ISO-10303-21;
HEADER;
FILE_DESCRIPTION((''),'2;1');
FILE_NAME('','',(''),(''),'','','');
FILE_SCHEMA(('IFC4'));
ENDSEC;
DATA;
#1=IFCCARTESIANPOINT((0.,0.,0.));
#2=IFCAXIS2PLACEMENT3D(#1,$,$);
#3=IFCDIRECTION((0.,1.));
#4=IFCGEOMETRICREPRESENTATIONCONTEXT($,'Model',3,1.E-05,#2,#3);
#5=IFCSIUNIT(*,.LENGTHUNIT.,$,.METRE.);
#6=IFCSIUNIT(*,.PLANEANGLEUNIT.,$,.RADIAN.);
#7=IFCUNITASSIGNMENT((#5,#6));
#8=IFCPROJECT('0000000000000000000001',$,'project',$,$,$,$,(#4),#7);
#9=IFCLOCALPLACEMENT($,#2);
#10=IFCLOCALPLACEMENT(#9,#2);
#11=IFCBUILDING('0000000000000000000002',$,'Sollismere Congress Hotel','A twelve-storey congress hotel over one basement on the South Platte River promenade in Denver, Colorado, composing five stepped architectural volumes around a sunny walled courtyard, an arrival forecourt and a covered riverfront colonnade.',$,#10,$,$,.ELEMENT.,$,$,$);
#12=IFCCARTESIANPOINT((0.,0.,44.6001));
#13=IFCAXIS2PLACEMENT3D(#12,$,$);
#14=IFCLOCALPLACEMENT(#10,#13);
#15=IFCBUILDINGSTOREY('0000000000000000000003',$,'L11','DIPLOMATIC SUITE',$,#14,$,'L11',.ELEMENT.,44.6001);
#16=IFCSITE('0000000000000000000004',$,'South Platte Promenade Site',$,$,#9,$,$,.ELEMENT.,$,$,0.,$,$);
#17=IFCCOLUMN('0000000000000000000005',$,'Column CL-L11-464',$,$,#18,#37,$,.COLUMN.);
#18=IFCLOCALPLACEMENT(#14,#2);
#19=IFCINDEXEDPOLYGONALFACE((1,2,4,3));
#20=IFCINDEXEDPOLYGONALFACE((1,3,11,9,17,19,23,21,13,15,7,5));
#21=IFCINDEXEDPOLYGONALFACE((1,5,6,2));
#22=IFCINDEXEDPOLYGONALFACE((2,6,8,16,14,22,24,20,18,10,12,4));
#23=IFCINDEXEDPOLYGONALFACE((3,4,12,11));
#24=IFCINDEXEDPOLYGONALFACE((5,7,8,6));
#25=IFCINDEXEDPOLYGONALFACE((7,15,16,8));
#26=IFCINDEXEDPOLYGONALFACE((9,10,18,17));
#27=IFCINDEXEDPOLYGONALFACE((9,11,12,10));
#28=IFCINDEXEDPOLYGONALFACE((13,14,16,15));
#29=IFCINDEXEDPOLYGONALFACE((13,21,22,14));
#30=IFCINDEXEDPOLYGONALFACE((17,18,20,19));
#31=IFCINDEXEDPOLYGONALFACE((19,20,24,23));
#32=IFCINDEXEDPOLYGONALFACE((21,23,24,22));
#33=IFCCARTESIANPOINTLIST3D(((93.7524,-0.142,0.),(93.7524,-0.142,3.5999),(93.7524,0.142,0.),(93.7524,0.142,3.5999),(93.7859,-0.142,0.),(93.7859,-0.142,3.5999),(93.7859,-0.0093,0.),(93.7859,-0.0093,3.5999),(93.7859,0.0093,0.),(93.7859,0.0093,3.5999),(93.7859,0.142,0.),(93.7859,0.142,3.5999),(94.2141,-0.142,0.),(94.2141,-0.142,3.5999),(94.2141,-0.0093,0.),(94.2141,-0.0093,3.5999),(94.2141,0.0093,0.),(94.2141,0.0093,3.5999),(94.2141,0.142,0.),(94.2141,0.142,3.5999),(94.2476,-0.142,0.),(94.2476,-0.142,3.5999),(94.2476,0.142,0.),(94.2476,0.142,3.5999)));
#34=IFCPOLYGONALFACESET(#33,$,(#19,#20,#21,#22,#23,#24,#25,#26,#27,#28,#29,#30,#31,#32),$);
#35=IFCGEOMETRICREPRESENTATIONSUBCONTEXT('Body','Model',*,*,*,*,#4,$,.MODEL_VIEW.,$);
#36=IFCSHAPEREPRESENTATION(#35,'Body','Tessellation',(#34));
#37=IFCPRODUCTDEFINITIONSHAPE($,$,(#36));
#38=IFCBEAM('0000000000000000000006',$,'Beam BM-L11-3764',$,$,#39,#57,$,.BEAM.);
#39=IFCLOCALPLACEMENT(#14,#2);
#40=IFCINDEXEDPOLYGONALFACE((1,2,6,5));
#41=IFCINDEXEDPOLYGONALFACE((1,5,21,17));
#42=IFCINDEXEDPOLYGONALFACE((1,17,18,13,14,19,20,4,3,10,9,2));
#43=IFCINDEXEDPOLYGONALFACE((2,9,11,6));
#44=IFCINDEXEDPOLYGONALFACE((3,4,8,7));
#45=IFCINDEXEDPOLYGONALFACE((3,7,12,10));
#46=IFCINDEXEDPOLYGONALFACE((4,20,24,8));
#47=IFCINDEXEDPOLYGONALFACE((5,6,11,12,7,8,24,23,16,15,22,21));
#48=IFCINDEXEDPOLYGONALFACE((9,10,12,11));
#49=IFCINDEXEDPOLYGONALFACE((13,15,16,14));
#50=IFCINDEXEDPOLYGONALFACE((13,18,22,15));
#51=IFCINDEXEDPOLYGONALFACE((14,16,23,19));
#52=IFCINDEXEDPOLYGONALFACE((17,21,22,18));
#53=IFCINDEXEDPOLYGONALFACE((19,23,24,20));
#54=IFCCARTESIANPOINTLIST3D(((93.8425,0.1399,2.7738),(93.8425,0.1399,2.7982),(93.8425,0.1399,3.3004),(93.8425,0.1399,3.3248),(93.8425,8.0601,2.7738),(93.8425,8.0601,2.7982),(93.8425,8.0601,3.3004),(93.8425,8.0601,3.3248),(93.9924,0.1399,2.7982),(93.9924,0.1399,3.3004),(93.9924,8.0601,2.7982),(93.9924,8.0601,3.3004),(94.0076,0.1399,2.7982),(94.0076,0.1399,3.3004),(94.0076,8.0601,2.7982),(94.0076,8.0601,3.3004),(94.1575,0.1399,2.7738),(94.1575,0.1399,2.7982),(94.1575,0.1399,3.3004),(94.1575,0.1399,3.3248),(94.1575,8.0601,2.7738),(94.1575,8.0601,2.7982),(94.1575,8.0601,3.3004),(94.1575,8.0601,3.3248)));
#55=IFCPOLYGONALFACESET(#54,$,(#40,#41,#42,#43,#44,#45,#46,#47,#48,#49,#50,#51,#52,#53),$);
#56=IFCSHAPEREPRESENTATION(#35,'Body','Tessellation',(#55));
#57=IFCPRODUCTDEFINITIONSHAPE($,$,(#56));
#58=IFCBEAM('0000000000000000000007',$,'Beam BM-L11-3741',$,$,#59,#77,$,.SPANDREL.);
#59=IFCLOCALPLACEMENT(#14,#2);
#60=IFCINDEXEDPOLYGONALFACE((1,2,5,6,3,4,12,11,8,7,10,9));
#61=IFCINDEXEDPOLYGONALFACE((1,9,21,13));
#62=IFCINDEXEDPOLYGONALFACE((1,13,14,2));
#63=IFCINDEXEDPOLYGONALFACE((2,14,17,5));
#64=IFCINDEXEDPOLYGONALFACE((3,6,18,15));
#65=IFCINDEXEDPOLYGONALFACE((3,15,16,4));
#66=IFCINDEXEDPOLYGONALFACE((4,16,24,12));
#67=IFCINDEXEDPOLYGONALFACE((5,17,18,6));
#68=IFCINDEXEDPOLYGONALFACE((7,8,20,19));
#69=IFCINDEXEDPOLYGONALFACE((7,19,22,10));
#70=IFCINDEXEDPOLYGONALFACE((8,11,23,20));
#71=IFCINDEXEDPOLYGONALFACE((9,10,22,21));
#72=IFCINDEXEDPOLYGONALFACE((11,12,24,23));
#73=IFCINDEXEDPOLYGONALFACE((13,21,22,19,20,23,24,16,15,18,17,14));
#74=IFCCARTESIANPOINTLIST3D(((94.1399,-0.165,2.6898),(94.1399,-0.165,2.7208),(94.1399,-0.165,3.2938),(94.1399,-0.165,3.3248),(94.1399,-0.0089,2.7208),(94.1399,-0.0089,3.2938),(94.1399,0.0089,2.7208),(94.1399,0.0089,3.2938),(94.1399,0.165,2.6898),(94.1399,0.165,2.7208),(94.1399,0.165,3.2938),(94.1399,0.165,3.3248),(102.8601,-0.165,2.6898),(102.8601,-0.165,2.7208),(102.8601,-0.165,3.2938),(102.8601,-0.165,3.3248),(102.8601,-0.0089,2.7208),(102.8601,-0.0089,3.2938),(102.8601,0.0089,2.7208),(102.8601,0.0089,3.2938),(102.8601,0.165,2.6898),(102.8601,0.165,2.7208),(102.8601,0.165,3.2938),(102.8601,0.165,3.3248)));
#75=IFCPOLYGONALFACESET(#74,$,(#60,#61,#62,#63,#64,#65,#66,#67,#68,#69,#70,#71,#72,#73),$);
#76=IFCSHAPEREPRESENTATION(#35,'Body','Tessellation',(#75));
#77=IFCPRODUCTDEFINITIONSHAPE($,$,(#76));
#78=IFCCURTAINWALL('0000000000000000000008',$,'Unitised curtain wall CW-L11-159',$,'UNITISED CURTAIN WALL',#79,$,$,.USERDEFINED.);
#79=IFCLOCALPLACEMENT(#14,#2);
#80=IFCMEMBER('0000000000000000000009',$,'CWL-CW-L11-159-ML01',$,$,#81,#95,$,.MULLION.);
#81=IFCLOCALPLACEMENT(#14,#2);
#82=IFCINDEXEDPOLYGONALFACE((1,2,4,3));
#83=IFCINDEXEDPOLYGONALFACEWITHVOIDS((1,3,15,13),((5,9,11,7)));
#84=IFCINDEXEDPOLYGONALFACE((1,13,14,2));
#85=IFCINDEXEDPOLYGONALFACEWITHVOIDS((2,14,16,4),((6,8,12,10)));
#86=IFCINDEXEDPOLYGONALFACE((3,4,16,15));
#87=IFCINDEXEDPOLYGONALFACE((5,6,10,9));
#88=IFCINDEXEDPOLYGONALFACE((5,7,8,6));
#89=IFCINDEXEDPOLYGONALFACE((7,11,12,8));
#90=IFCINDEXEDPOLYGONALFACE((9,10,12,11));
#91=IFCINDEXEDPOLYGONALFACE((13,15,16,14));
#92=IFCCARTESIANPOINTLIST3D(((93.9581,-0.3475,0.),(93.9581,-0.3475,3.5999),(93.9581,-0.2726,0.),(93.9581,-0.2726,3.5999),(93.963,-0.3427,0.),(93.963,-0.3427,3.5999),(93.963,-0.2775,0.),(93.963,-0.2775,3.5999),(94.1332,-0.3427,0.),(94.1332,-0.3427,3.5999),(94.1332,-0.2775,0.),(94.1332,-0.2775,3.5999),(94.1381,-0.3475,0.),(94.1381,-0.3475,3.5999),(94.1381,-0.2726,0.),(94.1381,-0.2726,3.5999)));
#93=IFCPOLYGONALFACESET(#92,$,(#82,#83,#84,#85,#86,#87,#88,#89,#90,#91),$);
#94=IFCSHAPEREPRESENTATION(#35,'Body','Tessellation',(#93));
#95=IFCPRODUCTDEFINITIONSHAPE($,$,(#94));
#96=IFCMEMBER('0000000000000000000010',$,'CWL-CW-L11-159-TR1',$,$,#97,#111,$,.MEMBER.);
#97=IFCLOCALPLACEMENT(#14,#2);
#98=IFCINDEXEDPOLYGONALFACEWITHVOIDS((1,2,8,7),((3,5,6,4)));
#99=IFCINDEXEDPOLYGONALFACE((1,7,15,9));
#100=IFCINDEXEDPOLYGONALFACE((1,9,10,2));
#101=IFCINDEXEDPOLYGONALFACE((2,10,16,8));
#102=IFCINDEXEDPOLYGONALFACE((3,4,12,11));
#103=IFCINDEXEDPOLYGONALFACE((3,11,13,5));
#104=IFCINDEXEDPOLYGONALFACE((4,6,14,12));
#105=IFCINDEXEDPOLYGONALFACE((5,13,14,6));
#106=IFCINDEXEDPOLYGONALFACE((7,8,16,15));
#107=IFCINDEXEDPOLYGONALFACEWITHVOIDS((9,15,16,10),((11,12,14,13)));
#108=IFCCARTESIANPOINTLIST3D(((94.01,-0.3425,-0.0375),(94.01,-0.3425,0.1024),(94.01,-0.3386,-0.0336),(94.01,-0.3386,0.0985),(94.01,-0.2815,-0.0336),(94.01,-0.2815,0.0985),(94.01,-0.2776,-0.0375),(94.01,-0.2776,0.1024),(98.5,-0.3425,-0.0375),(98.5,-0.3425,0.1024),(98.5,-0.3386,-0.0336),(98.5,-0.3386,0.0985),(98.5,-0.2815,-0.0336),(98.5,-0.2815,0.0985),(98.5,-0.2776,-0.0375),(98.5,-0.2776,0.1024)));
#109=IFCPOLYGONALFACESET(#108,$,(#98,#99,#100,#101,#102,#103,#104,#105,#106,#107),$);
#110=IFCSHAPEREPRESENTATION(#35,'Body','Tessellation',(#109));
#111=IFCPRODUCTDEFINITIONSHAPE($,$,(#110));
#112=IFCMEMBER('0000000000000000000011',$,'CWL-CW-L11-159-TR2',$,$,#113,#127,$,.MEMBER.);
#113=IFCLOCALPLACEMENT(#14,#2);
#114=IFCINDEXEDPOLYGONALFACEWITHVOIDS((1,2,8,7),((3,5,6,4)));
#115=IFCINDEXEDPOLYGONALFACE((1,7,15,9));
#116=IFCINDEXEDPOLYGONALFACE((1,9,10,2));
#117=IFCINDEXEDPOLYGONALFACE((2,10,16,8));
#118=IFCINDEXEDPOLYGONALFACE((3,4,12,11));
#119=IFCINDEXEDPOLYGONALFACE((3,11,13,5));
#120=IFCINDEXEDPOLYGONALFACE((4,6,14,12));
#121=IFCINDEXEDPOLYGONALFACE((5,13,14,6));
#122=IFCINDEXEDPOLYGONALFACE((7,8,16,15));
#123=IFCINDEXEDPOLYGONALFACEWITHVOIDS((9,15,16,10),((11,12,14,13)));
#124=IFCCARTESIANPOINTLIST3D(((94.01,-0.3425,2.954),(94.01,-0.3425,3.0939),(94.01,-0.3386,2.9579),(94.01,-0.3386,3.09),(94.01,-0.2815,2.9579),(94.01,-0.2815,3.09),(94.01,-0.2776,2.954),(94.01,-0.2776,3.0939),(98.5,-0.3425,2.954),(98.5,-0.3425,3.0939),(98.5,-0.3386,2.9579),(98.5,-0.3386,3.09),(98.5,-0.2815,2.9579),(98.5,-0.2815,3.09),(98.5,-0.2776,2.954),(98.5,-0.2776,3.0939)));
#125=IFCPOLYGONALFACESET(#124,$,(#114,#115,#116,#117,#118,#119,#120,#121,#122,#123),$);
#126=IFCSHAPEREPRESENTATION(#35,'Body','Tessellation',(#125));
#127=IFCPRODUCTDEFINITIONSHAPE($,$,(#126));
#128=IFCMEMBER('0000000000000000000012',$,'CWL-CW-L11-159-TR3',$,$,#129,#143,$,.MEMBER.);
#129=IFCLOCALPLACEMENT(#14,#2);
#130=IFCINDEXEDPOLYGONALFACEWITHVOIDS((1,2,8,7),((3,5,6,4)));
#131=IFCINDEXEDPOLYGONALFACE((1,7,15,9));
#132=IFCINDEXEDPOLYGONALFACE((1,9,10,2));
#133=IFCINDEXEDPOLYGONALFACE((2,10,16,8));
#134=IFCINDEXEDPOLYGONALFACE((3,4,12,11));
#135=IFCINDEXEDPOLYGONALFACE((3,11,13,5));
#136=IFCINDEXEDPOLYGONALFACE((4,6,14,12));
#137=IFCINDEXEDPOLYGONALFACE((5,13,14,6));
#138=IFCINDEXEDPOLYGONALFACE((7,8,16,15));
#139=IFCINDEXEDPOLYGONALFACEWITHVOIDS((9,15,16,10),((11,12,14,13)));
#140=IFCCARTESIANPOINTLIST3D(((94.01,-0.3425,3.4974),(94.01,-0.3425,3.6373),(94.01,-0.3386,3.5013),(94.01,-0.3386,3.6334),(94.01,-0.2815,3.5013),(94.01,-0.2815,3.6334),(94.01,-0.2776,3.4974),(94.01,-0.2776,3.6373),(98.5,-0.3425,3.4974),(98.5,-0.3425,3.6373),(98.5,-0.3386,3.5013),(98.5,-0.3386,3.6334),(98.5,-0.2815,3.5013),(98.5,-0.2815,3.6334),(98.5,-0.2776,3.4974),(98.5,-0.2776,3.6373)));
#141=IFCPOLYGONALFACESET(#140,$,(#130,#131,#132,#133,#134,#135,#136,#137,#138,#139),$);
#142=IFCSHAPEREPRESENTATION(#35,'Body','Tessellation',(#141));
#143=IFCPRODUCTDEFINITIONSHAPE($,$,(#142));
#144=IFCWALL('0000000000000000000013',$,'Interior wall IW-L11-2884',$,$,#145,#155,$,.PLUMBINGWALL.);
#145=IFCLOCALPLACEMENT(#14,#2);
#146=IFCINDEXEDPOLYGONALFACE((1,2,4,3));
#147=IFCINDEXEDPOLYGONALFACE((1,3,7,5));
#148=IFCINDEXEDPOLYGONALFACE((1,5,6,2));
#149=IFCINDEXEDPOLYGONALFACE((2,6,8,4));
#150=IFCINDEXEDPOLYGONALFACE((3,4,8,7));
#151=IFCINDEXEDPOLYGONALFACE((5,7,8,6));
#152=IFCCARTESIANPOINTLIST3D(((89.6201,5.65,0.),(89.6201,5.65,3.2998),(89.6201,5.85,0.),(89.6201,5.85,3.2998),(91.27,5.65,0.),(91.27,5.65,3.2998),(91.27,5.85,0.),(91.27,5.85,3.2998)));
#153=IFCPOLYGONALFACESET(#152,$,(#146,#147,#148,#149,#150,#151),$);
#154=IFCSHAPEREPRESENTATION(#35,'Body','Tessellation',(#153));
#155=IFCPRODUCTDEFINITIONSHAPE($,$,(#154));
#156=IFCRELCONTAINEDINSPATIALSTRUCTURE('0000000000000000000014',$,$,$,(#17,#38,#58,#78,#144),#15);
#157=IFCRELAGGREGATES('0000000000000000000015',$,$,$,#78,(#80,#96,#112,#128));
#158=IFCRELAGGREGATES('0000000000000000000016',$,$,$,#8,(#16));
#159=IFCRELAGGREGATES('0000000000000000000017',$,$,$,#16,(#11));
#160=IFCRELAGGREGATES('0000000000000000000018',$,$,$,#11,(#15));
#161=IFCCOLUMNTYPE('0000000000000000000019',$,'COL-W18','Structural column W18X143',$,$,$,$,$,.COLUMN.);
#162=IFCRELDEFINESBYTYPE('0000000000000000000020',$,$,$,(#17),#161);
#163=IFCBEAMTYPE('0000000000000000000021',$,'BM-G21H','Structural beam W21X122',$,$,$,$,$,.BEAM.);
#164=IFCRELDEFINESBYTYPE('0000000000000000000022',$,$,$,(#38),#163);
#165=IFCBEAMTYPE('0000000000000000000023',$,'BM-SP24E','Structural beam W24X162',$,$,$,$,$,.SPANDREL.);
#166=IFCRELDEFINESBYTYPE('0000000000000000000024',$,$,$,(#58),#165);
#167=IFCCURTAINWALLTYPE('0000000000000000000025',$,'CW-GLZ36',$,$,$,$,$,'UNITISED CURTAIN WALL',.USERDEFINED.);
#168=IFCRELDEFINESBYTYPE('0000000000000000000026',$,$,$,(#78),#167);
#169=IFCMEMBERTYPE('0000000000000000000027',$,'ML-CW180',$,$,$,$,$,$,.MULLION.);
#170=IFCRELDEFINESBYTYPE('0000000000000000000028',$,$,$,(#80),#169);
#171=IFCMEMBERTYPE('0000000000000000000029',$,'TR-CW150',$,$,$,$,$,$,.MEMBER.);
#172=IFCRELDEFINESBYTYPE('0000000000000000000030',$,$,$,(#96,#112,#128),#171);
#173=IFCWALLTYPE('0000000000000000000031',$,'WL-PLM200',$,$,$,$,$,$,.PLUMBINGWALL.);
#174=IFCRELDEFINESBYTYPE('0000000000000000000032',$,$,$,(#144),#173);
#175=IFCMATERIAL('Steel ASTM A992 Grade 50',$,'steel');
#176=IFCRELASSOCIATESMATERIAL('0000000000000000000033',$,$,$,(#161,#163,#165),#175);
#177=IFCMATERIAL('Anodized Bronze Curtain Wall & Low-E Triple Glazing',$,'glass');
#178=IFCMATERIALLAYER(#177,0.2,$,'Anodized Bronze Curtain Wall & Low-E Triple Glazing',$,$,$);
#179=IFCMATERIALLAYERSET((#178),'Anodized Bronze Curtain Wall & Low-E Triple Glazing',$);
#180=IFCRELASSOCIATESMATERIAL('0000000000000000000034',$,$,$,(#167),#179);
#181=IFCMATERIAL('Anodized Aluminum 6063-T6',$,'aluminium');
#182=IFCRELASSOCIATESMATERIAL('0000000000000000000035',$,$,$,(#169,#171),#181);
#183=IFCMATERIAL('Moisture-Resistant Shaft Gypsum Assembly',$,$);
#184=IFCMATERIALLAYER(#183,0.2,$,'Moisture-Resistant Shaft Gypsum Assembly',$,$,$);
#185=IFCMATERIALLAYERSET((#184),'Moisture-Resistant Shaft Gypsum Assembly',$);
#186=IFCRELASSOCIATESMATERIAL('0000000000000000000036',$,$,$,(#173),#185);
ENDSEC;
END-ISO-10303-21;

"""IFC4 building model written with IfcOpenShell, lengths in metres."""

from ifc_helpers import new_model, si_unit, direction, frame, frame_2d, origin, origin_2d, place, context, subcontext, project, spatial, rectangle, hollow_rectangle, i_section, extrude, material, layer, layer_set, material_profile, profile_set, type_object, element, aggregate, save


model = new_model("IFC4")

# Units and contexts
model_context = context("Model", 3, precision=1e-05, world=origin(), true_north=direction((0.0, 1.0)))
body_context = subcontext(model_context, "Body", "Model", "MODEL_VIEW")
ifc_project = project(units=[si_unit("LENGTHUNIT", "METRE"), si_unit("PLANEANGLEUNIT", "RADIAN")], contexts=[model_context])

# Site, building, storey
site_placement = place(None, origin())
site = spatial("IfcSite", under=ifc_project, at=site_placement, Name="South Platte Promenade Site", CompositionType="ELEMENT", RefElevation=0.0)
building_placement = place(site_placement, origin())
building = spatial("IfcBuilding", under=site, at=building_placement, Name="Sollismere Congress Hotel", Description="A twelve-storey congress hotel over one basement on the South Platte River promenade in Denver, Colorado, composing five stepped architectural volumes around a sunny walled courtyard, an arrival forecourt and a covered riverfront colonnade.", CompositionType="ELEMENT")
storey_placement = place(building_placement, frame((0.0, 0.0, 44.6001)))
storey = spatial("IfcBuildingStorey", under=building, at=storey_placement, Name="L11", Description="DIPLOMATIC SUITE", LongName="L11", CompositionType="ELEMENT", Elevation=44.6001)

# Column
ifc_material_1 = material(Name="Steel ASTM A992 Grade 50", Category="steel")
ifc_material_profile_1 = material_profile(ifc_material_1, i_section(OverallWidth=0.2839, OverallDepth=0.4951, WebThickness=0.0186, FlangeThickness=0.0334, at=origin_2d()), Name="W18X143")
ifc_profile_set_1 = profile_set([ifc_material_profile_1], Name="Steel ASTM A992 Grade 50")
column_type = type_object("IfcColumnType", Name="COL-W18", Description="Structural column W18X143", PredefinedType="COLUMN", material=ifc_profile_set_1)
column_placement = place(storey_placement, frame((94.0, 0.0, 0.0), z_axis=(0.0, 0.0, 1.0), x_axis=(0.0, 1.0, 0.0)))
element("IfcColumn", 1, at=column_placement, inside=storey, type_object=column_type, Name="Column CL-L11-464", PredefinedType="COLUMN", context=body_context, shape_type="SweptSolid", body=[
    extrude(i_section(OverallWidth=0.2839, OverallDepth=0.4951, WebThickness=0.0186, FlangeThickness=0.0334, at=origin_2d()), origin(), (0.0, 0.0, 1.0), 3.5999),
])

# Beams
ifc_material_profile_2 = material_profile(ifc_material_1, i_section(OverallWidth=0.3149, OverallDepth=0.551, WebThickness=0.0151, FlangeThickness=0.0244, at=origin_2d()), Name="W21X122")
ifc_profile_set_2 = profile_set([ifc_material_profile_2], Name="Steel ASTM A992 Grade 50")
beam_type_1 = type_object("IfcBeamType", Name="BM-G21H", Description="Structural beam W21X122", PredefinedType="BEAM", material=ifc_profile_set_2)
beam_1_placement = place(storey_placement, frame((94.0, 0.1399, 3.0493), z_axis=(0.0, 1.0, 0.0), x_axis=(-1.0, 0.0, 0.0)))
element("IfcBeam", 2, at=beam_1_placement, inside=storey, type_object=beam_type_1, Name="Beam BM-L11-3764", PredefinedType="BEAM", context=body_context, shape_type="SweptSolid", body=[
    extrude(i_section(OverallWidth=0.3149, OverallDepth=0.551, WebThickness=0.0151, FlangeThickness=0.0244, at=origin_2d()), origin(), (0.0, 0.0, 1.0), 7.9202),
])
ifc_material_profile_3 = material_profile(ifc_material_1, i_section(OverallWidth=0.3301, OverallDepth=0.635, WebThickness=0.0178, FlangeThickness=0.031, at=origin_2d()), Name="W24X162")
ifc_profile_set_3 = profile_set([ifc_material_profile_3], Name="Steel ASTM A992 Grade 50")
beam_type_2 = type_object("IfcBeamType", Name="BM-SP24E", Description="Structural beam W24X162", PredefinedType="SPANDREL", material=ifc_profile_set_3)
beam_2_placement = place(storey_placement, frame((94.1399, 0.0, 3.0073), z_axis=(1.0, 0.0, 0.0), x_axis=(0.0, 1.0, 0.0)))
element("IfcBeam", 3, at=beam_2_placement, inside=storey, type_object=beam_type_2, Name="Beam BM-L11-3741", PredefinedType="SPANDREL", context=body_context, shape_type="SweptSolid", body=[
    extrude(i_section(OverallWidth=0.3301, OverallDepth=0.635, WebThickness=0.0178, FlangeThickness=0.031, at=origin_2d()), origin(), (0.0, 0.0, 1.0), 8.7202),
])

# Curtain wall, members
ifc_material_2 = material(Name="Anodized Bronze Curtain Wall & Low-E Triple Glazing", Category="glass")
ifc_layer_1 = layer(ifc_material_2, 0.2, Name="Anodized Bronze Curtain Wall & Low-E Triple Glazing")
ifc_layer_set_1 = layer_set([ifc_layer_1], Name="Anodized Bronze Curtain Wall & Low-E Triple Glazing")
curtain_wall_type = type_object("IfcCurtainWallType", Name="CW-GLZ36", ElementType="UNITISED CURTAIN WALL", PredefinedType="USERDEFINED", material=ifc_layer_set_1)
curtain_wall_placement = place(storey_placement, origin())
curtain_wall = element("IfcCurtainWall", 4, at=curtain_wall_placement, inside=storey, type_object=curtain_wall_type, Name="Unitised curtain wall CW-L11-159", ObjectType="UNITISED CURTAIN WALL", PredefinedType="USERDEFINED")
ifc_material_3 = material(Name="Anodized Aluminum 6063-T6", Category="aluminium")
ifc_material_profile_4 = material_profile(ifc_material_3, hollow_rectangle(XDim=0.075, YDim=0.1799, WallThickness=0.0049, at=origin_2d()), Name="ALU180X75X5")
ifc_profile_set_4 = profile_set([ifc_material_profile_4], Name="Anodized Aluminum 6063-T6")
member_type_1 = type_object("IfcMemberType", Name="ML-CW180", PredefinedType="MULLION", material=ifc_profile_set_4)
member_1_placement = place(storey_placement, frame((94.0481, -0.3101, 0.0), z_axis=(0.0, 0.0, 1.0), x_axis=(0.0, 1.0, 0.0)))
member_1 = element("IfcMember", 5, at=member_1_placement, type_object=member_type_1, Name="CWL-CW-L11-159-ML01", PredefinedType="MULLION", context=body_context, shape_type="SweptSolid", body=[
    extrude(hollow_rectangle(XDim=0.075, YDim=0.1799, WallThickness=0.0049, at=origin_2d()), origin(), (0.0, 0.0, 1.0), 3.5999),
])
ifc_material_profile_5 = material_profile(ifc_material_3, hollow_rectangle(XDim=0.0649, YDim=0.1399, WallThickness=0.0039, at=origin_2d()), Name="ALU140X65X4")
ifc_profile_set_5 = profile_set([ifc_material_profile_5], Name="Anodized Aluminum 6063-T6")
member_type_2 = type_object("IfcMemberType", Name="TR-CW150", PredefinedType="MEMBER", material=ifc_profile_set_5)
member_2_placement = place(storey_placement, frame((94.01, -0.3101, 0.0325), z_axis=(1.0, 0.0, 0.0), x_axis=(0.0, 1.0, 0.0)))
member_2 = element("IfcMember", 6, at=member_2_placement, type_object=member_type_2, Name="CWL-CW-L11-159-TR1", PredefinedType="MEMBER", context=body_context, shape_type="SweptSolid", body=[
    extrude(hollow_rectangle(XDim=0.0649, YDim=0.1399, WallThickness=0.0039, at=origin_2d()), origin(), (0.0, 0.0, 1.0), 4.49),
])
member_3_placement = place(storey_placement, frame((94.01, -0.3101, 3.0239), z_axis=(1.0, 0.0, 0.0), x_axis=(0.0, 1.0, 0.0)))
member_3 = element("IfcMember", 7, at=member_3_placement, type_object=member_type_2, Name="CWL-CW-L11-159-TR2", PredefinedType="MEMBER", context=body_context, shape_type="SweptSolid", body=[
    extrude(hollow_rectangle(XDim=0.0649, YDim=0.1399, WallThickness=0.0039, at=origin_2d()), origin(), (0.0, 0.0, 1.0), 4.49),
])
member_4_placement = place(storey_placement, frame((94.01, -0.3101, 3.5674), z_axis=(1.0, 0.0, 0.0), x_axis=(0.0, 1.0, 0.0)))
member_4 = element("IfcMember", 8, at=member_4_placement, type_object=member_type_2, Name="CWL-CW-L11-159-TR3", PredefinedType="MEMBER", context=body_context, shape_type="SweptSolid", body=[
    extrude(hollow_rectangle(XDim=0.0649, YDim=0.1399, WallThickness=0.0039, at=origin_2d()), origin(), (0.0, 0.0, 1.0), 4.49),
])
aggregate(curtain_wall, [member_1, member_2, member_3, member_4])

# Wall
ifc_material_4 = material(Name="Moisture-Resistant Shaft Gypsum Assembly")
ifc_layer_2 = layer(ifc_material_4, 0.2, Name="Moisture-Resistant Shaft Gypsum Assembly")
ifc_layer_set_2 = layer_set([ifc_layer_2], Name="Moisture-Resistant Shaft Gypsum Assembly")
wall_type_1 = type_object("IfcWallType", Name="WL-PLM200", PredefinedType="PLUMBINGWALL", material=ifc_layer_set_2)
wall_1_placement = place(storey_placement, frame((89.6201, 5.75, 0.0), z_axis=(0.0, 0.0, 1.0), x_axis=(1.0, 0.0, 0.0)))
element("IfcWall", 9, at=wall_1_placement, inside=storey, type_object=wall_type_1, Name="Interior wall IW-L11-2884", PredefinedType="PLUMBINGWALL", context=body_context, shape_type="SweptSolid", body=[
    extrude(rectangle(XDim=1.6499, YDim=0.2, at=frame_2d((0.825, 0.0))), origin(), (0.0, 0.0, 1.0), 3.2998),
])

save(model, "model.ifc")
